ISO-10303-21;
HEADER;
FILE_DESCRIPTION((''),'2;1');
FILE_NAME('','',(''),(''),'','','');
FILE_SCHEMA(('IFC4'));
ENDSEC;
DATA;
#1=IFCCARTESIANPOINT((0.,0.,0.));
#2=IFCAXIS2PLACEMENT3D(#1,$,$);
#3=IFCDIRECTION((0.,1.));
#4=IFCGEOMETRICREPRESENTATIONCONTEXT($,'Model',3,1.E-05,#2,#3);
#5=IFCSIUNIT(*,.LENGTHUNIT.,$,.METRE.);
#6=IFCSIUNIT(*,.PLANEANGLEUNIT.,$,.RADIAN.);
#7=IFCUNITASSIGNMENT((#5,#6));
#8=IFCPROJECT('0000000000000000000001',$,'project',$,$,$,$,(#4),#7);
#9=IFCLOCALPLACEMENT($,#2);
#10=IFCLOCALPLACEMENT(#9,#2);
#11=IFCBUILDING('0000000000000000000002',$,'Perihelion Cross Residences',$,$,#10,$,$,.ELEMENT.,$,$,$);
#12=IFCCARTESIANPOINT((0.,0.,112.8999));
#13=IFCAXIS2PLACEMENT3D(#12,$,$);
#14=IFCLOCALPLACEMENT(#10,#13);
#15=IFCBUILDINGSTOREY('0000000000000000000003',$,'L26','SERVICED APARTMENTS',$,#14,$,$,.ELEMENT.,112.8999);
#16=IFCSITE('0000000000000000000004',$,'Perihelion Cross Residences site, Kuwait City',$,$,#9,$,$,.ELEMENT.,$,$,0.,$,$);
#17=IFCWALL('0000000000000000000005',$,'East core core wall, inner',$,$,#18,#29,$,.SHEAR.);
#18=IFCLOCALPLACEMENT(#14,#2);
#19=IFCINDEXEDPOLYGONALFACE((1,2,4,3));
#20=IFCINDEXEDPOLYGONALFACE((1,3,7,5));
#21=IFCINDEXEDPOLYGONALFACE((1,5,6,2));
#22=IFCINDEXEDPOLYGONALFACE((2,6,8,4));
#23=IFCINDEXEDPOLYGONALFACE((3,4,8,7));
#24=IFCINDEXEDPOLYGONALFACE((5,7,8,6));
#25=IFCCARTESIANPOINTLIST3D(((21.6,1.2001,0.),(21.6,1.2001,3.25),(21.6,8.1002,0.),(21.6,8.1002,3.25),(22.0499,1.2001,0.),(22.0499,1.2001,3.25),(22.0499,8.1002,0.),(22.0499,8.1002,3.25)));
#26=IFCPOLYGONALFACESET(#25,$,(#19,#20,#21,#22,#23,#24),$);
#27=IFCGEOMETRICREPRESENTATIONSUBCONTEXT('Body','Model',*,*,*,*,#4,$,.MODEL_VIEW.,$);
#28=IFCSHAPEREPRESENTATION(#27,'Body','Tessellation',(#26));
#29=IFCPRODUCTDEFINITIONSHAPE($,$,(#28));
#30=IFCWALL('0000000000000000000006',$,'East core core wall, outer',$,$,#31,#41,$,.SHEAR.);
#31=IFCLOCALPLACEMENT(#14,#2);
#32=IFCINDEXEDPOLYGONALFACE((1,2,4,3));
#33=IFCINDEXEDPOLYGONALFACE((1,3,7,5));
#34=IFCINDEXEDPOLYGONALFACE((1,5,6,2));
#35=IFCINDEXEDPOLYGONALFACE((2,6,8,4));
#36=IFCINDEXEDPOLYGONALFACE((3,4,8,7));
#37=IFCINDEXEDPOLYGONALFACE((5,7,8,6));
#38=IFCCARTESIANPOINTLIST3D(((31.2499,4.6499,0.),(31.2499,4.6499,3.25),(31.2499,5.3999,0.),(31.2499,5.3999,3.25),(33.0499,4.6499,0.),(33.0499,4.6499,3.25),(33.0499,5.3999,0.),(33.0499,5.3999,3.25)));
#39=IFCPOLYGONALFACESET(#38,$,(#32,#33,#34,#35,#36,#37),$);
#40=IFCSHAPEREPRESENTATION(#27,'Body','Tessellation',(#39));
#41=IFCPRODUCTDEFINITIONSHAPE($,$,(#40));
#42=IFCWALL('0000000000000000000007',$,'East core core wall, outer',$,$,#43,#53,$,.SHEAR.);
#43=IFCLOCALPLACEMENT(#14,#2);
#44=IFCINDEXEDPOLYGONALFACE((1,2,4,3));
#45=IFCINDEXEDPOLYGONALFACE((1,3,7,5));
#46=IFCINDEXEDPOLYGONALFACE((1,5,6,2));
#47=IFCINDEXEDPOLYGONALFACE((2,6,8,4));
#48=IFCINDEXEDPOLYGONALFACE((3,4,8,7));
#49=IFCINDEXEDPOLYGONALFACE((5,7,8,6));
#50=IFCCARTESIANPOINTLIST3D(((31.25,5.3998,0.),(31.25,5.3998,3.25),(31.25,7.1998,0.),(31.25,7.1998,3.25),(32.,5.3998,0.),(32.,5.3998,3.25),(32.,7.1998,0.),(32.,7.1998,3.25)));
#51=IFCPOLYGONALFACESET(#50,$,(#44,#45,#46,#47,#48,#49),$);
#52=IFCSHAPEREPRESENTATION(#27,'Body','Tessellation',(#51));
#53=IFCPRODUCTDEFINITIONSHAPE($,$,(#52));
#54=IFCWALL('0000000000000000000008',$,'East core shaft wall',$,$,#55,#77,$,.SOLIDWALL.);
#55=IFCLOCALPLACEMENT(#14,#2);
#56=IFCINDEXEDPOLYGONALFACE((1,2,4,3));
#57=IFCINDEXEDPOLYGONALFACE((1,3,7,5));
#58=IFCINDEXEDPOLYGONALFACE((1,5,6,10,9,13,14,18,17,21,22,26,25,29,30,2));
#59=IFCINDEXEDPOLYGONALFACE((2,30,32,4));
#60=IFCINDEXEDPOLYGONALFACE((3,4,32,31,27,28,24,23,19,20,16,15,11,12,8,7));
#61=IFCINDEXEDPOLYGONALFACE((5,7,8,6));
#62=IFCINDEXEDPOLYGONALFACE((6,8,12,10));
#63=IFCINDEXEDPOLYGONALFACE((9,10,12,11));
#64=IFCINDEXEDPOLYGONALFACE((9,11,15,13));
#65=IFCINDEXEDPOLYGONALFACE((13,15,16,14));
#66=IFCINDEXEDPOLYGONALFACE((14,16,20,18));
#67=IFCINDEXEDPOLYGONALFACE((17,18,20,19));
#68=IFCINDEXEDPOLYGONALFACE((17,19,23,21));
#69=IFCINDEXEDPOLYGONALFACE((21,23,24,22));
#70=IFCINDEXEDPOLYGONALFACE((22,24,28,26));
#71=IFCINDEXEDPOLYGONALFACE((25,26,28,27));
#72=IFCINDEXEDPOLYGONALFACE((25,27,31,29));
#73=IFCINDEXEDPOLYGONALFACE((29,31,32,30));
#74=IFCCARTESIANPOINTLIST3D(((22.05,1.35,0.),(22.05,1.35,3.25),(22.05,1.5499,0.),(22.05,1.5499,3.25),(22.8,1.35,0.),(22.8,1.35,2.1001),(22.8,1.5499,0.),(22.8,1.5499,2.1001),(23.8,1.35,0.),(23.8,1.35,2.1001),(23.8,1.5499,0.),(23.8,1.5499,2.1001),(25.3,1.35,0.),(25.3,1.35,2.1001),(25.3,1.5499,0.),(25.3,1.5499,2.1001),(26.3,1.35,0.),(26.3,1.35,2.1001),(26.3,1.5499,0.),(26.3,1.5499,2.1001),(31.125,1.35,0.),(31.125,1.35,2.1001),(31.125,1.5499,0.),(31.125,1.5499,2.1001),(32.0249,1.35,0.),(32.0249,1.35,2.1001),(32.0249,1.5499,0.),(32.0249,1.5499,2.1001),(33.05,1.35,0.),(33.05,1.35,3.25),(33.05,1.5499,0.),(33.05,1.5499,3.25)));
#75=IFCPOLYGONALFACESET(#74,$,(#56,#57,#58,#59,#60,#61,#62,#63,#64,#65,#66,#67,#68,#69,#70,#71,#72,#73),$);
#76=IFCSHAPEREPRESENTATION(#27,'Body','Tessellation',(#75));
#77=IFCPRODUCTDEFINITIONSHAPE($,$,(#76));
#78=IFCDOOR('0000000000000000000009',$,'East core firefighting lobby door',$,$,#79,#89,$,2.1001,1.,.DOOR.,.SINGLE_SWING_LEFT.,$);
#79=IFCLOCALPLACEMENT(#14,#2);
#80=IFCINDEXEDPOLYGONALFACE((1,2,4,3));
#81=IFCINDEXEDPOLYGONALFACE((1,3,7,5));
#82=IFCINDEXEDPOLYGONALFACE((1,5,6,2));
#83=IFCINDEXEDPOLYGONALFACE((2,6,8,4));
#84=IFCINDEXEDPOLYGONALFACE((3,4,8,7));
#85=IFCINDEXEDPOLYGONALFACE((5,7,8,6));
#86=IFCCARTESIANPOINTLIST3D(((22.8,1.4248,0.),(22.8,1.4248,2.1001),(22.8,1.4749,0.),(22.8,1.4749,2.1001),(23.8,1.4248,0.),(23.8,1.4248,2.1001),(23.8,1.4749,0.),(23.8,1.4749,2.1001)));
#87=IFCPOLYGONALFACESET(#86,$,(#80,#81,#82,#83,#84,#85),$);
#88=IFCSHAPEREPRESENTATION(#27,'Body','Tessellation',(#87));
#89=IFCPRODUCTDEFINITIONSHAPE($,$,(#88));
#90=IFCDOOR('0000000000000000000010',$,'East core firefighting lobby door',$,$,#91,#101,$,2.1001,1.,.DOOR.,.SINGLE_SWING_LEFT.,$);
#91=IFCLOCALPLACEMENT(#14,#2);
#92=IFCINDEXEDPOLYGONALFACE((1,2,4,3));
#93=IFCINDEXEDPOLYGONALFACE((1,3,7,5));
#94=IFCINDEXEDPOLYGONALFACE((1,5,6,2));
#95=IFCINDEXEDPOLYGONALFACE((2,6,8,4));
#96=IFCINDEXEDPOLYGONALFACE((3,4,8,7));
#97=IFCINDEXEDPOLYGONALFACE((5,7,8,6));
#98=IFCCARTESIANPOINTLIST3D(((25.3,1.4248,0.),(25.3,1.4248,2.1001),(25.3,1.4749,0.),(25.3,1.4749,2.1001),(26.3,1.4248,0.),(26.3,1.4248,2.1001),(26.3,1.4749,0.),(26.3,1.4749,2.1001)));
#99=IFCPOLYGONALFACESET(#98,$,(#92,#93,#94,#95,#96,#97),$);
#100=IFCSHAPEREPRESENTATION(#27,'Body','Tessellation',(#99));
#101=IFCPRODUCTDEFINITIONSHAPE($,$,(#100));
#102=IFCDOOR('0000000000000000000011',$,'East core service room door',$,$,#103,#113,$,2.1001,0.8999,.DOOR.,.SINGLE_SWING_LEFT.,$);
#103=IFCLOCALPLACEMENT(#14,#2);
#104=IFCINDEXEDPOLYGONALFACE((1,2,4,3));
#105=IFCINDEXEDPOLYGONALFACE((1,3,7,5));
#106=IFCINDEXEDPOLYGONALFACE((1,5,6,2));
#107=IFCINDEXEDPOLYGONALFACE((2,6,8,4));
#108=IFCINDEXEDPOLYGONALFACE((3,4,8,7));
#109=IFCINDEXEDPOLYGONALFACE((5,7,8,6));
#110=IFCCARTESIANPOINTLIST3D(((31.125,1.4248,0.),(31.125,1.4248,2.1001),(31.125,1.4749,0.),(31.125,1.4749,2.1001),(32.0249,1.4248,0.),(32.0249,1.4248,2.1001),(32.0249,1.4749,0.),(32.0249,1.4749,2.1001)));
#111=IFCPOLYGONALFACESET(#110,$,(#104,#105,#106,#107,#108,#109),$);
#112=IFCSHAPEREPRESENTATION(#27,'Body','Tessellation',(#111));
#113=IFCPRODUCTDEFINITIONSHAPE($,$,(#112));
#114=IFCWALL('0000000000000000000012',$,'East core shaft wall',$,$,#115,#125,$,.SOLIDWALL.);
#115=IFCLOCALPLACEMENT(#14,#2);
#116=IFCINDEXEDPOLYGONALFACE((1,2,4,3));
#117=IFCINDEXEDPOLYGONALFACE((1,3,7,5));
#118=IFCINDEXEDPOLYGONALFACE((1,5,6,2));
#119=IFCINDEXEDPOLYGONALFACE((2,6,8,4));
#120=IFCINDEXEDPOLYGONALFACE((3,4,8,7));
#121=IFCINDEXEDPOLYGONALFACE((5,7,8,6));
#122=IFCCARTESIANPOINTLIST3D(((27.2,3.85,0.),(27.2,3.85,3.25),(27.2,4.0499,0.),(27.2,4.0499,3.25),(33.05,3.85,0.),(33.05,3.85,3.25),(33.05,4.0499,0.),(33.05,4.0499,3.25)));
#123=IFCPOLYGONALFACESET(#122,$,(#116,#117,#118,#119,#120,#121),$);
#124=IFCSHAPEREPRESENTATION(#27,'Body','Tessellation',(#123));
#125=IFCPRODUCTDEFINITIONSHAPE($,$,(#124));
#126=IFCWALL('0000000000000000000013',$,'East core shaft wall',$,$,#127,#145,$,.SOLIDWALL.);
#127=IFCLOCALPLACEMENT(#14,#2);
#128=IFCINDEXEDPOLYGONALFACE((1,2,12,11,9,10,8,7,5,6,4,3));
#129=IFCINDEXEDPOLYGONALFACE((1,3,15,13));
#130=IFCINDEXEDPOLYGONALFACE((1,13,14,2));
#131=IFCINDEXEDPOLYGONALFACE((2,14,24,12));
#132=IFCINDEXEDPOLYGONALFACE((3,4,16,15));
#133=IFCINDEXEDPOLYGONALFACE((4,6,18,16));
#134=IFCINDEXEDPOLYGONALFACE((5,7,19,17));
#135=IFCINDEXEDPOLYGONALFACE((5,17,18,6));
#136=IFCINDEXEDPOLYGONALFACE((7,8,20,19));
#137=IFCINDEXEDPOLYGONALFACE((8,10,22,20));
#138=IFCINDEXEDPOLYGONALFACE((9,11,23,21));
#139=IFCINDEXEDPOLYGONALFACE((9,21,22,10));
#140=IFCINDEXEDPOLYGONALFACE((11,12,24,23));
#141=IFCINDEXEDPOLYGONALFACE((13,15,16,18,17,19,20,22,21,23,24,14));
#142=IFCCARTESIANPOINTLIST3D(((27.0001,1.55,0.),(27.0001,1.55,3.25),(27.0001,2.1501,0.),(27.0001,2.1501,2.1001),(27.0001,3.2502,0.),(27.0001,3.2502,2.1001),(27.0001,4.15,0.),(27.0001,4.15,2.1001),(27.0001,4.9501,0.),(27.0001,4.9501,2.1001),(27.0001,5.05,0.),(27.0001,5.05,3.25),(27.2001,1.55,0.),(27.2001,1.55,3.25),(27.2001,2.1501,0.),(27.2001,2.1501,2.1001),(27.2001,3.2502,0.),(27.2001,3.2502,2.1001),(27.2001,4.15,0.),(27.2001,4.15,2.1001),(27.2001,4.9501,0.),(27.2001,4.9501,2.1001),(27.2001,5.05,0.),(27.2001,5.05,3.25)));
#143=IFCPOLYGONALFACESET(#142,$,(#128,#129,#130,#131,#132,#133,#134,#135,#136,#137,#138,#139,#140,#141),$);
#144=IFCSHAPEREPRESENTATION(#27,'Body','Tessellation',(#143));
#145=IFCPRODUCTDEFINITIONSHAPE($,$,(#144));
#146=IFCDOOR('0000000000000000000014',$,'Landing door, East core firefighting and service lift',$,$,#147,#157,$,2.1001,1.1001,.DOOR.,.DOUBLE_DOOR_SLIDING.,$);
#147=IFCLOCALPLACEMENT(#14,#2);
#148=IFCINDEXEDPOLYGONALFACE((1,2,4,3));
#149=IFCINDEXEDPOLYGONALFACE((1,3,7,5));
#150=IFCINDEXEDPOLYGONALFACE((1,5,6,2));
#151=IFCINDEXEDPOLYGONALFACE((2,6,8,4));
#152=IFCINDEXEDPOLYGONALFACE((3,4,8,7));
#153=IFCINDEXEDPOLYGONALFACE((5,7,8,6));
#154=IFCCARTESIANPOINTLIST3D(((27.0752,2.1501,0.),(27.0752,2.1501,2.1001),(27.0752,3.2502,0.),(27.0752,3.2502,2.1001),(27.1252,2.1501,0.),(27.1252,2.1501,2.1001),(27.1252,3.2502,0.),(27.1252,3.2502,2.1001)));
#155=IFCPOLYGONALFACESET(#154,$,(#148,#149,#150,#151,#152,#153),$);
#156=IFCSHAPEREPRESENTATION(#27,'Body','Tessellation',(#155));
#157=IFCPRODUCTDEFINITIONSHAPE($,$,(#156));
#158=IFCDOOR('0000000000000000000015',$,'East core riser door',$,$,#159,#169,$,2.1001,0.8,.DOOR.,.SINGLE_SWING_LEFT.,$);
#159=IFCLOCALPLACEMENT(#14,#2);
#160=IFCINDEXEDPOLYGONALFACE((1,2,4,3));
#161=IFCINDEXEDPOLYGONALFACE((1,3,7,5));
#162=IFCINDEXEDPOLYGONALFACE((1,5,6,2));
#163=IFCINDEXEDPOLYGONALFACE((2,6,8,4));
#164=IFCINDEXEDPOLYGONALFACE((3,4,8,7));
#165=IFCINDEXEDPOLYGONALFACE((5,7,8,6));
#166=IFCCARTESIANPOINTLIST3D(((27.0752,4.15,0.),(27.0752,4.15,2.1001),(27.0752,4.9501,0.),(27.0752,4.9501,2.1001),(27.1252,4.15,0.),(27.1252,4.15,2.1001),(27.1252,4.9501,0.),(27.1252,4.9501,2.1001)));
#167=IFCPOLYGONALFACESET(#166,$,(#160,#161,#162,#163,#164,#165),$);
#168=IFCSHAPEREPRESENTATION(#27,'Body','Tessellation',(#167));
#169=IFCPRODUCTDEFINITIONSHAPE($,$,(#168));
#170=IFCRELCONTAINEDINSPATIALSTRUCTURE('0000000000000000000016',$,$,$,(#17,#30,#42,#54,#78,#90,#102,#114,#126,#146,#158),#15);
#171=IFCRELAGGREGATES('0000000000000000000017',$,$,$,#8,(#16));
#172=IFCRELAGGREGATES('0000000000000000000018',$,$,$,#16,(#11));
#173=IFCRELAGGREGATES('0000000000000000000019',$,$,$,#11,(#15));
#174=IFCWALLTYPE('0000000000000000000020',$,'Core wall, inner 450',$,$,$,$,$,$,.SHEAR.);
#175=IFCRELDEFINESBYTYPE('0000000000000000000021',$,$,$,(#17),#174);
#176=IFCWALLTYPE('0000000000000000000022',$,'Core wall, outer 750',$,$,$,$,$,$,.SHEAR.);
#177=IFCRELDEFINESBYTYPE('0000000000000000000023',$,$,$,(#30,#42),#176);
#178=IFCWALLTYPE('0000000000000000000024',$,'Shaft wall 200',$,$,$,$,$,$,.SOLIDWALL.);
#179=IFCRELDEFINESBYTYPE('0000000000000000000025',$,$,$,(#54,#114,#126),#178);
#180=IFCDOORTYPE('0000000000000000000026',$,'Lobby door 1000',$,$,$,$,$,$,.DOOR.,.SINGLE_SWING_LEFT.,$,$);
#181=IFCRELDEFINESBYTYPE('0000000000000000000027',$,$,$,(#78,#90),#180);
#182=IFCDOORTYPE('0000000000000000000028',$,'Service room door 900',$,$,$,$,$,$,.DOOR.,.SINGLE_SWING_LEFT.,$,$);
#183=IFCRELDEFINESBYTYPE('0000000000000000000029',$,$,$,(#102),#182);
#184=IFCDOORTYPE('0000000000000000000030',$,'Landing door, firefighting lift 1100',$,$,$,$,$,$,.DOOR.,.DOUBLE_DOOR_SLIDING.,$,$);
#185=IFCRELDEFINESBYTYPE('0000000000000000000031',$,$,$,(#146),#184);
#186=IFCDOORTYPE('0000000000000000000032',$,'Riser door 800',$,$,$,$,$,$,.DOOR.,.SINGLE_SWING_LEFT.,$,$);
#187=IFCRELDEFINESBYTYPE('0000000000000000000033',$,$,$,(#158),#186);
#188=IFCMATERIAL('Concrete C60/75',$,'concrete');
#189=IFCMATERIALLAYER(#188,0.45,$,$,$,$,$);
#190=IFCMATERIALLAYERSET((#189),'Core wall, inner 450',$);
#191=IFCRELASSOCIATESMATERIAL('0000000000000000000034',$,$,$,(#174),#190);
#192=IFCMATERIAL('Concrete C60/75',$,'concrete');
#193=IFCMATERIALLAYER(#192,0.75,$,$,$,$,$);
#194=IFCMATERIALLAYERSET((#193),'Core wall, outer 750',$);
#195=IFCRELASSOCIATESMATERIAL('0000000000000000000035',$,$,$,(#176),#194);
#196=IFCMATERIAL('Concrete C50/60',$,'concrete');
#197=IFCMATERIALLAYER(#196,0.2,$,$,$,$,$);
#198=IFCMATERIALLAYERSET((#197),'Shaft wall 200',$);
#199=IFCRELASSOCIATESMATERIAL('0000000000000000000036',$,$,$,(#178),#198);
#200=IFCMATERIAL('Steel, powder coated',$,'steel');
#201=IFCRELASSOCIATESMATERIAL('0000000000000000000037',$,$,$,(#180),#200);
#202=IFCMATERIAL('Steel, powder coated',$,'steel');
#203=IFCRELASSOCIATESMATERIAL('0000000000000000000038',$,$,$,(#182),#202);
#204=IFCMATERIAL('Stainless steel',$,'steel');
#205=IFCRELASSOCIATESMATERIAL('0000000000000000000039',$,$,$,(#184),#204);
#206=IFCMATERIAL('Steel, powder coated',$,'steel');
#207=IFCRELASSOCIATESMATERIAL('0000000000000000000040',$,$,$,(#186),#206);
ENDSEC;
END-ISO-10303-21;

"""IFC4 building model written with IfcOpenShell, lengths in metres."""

from ifc_helpers import new_model, si_unit, direction, frame, frame_2d, origin, place, context, subcontext, project, spatial, rectangle, extrude, material, layer, layer_set, type_object, element, fill, save


model = new_model("IFC4")

# Units and contexts
model_context = context("Model", 3, precision=1e-05, world=origin(), true_north=direction((0.0, 1.0)))
body_context = subcontext(model_context, "Body", "Model", "MODEL_VIEW")
ifc_project = project(units=[si_unit("LENGTHUNIT", "METRE"), si_unit("PLANEANGLEUNIT", "RADIAN")], contexts=[model_context])

# Site, building, storey
site_placement = place(None, origin())
site = spatial("IfcSite", under=ifc_project, at=site_placement, Name="Perihelion Cross Residences site, Kuwait City", CompositionType="ELEMENT", RefElevation=0.0)
building_placement = place(site_placement, origin())
building = spatial("IfcBuilding", under=site, at=building_placement, Name="Perihelion Cross Residences", CompositionType="ELEMENT")
storey_placement = place(building_placement, frame((0.0, 0.0, 112.8999)))
storey = spatial("IfcBuildingStorey", under=building, at=storey_placement, Name="L26", Description="SERVICED APARTMENTS", CompositionType="ELEMENT", Elevation=112.8999)

# Walls
ifc_material_1 = material(Name="Concrete C60/75", Category="concrete")
ifc_layer_1 = layer(ifc_material_1, 0.45)
ifc_layer_set_1 = layer_set([ifc_layer_1], Name="Core wall, inner 450")
wall_type_1 = type_object("IfcWallType", Name="Core wall, inner 450", PredefinedType="SHEAR", material=ifc_layer_set_1)
wall_1_placement = place(storey_placement, frame((21.825, 1.2, 0.0), z_axis=(0.0, 0.0, 1.0), x_axis=(0.0, 1.0, 0.0)))
element("IfcWall", 1, at=wall_1_placement, inside=storey, type_object=wall_type_1, Name="East core core wall, inner", PredefinedType="SHEAR", context=body_context, shape_type="SweptSolid", body=[
    extrude(rectangle(XDim=6.9001, YDim=0.45, at=frame_2d((3.4502, 0.0))), origin(), (0.0, 0.0, 1.0), 3.25),
])
ifc_material_2 = material(Name="Concrete C60/75", Category="concrete")
ifc_layer_2 = layer(ifc_material_2, 0.75)
ifc_layer_set_2 = layer_set([ifc_layer_2], Name="Core wall, outer 750")
wall_type_2 = type_object("IfcWallType", Name="Core wall, outer 750", PredefinedType="SHEAR", material=ifc_layer_set_2)
for number, where, z_axis, x_axis, name in (
    (2, (31.25, 5.0249, 0.0), (0.0, 0.0, 1.0), (1.0, 0.0, 0.0), "East core core wall, outer"),
    (3, (31.625, 5.3999, 0.0), (0.0, 0.0, 1.0), (0.0, 1.0, 0.0), "East core core wall, outer"),
):
    element("IfcWall", number, at=place(storey_placement, frame(where, z_axis=z_axis, x_axis=x_axis)), inside=storey, type_object=wall_type_2, Name=name, PredefinedType="SHEAR", context=body_context, shape_type="SweptSolid", body=[
        extrude(rectangle(XDim=1.8, YDim=0.75, at=frame_2d((0.8999, 0.0))), origin(), (0.0, 0.0, 1.0), 3.25),
    ])

# Wall, openings, doors
ifc_material_3 = material(Name="Concrete C50/60", Category="concrete")
ifc_layer_3 = layer(ifc_material_3, 0.2)
ifc_layer_set_3 = layer_set([ifc_layer_3], Name="Shaft wall 200")
wall_type_3 = type_object("IfcWallType", Name="Shaft wall 200", PredefinedType="SOLIDWALL", material=ifc_layer_set_3)
wall_2_placement = place(storey_placement, frame((22.05, 1.45, 0.0), z_axis=(0.0, 0.0, 1.0), x_axis=(1.0, 0.0, 0.0)))
wall_2 = element("IfcWall", 4, at=wall_2_placement, inside=storey, type_object=wall_type_3, Name="East core shaft wall", PredefinedType="SOLIDWALL", context=body_context, shape_type="SweptSolid", body=[
    extrude(rectangle(XDim=11.0, YDim=0.2, at=frame_2d((5.5, 0.0))), origin(), (0.0, 0.0, 1.0), 3.25),
])
opening_1_placement = place(wall_2_placement, frame((0.75, 0.0, 0.0)))
opening_1 = element("IfcOpeningElement", 5, at=opening_1_placement, cuts=wall_2, PredefinedType="OPENING", context=body_context, shape_type="SweptSolid", body=[
    extrude(rectangle(XDim=1.0, YDim=2.1001, at=frame_2d((0.5, 1.05))), frame((0.0, 0.1099, 0.0), z_axis=(0.0, -1.0, 0.0), x_axis=(1.0, 0.0, 0.0)), (0.0, 0.0, 1.0), 0.22),
])
opening_2_placement = place(wall_2_placement, frame((3.25, 0.0, 0.0)))
opening_2 = element("IfcOpeningElement", 6, at=opening_2_placement, cuts=wall_2, PredefinedType="OPENING", context=body_context, shape_type="SweptSolid", body=[
    extrude(rectangle(XDim=1.0, YDim=2.1001, at=frame_2d((0.5, 1.05))), frame((0.0, 0.1099, 0.0), z_axis=(0.0, -1.0, 0.0), x_axis=(1.0, 0.0, 0.0)), (0.0, 0.0, 1.0), 0.22),
])
opening_3_placement = place(wall_2_placement, frame((9.075, 0.0, 0.0)))
opening_3 = element("IfcOpeningElement", 7, at=opening_3_placement, cuts=wall_2, PredefinedType="OPENING", context=body_context, shape_type="SweptSolid", body=[
    extrude(rectangle(XDim=0.8999, YDim=2.1001, at=frame_2d((0.45, 1.05))), frame((0.0, 0.1099, 0.0), z_axis=(0.0, -1.0, 0.0), x_axis=(1.0, 0.0, 0.0)), (0.0, 0.0, 1.0), 0.22),
])
ifc_material_4 = material(Name="Steel, powder coated", Category="steel")
door_type_1 = type_object("IfcDoorType", Name="Lobby door 1000", OperationType="SINGLE_SWING_LEFT", PredefinedType="DOOR", material=ifc_material_4)
door_1_placement = place(opening_1_placement, origin())
door_1 = element("IfcDoor", 8, at=door_1_placement, inside=storey, type_object=door_type_1, Name="East core firefighting lobby door", OperationType="SINGLE_SWING_LEFT", OverallHeight=2.1001, OverallWidth=1.0, PredefinedType="DOOR", context=body_context, shape_type="SweptSolid", body=[
    extrude(rectangle(XDim=1.0, YDim=2.1001, at=frame_2d((0.5, 1.05))), frame((0.0, 0.0249, 0.0), z_axis=(0.0, -1.0, 0.0), x_axis=(1.0, 0.0, 0.0)), (0.0, 0.0, 1.0), 0.05),
])
fill(opening_1, door_1)
door_2_placement = place(opening_2_placement, origin())
door_2 = element("IfcDoor", 9, at=door_2_placement, inside=storey, type_object=door_type_1, Name="East core firefighting lobby door", OperationType="SINGLE_SWING_LEFT", OverallHeight=2.1001, OverallWidth=1.0, PredefinedType="DOOR", context=body_context, shape_type="SweptSolid", body=[
    extrude(rectangle(XDim=1.0, YDim=2.1001, at=frame_2d((0.5, 1.05))), frame((0.0, 0.0249, 0.0), z_axis=(0.0, -1.0, 0.0), x_axis=(1.0, 0.0, 0.0)), (0.0, 0.0, 1.0), 0.05),
])
fill(opening_2, door_2)
ifc_material_5 = material(Name="Steel, powder coated", Category="steel")
door_type_2 = type_object("IfcDoorType", Name="Service room door 900", OperationType="SINGLE_SWING_LEFT", PredefinedType="DOOR", material=ifc_material_5)
door_3_placement = place(opening_3_placement, origin())
door_3 = element("IfcDoor", 10, at=door_3_placement, inside=storey, type_object=door_type_2, Name="East core service room door", OperationType="SINGLE_SWING_LEFT", OverallHeight=2.1001, OverallWidth=0.8999, PredefinedType="DOOR", context=body_context, shape_type="SweptSolid", body=[
    extrude(rectangle(XDim=0.8999, YDim=2.1001, at=frame_2d((0.45, 1.05))), frame((0.0, 0.0249, 0.0), z_axis=(0.0, -1.0, 0.0), x_axis=(1.0, 0.0, 0.0)), (0.0, 0.0, 1.0), 0.05),
])
fill(opening_3, door_3)

# Wall
wall_3_placement = place(storey_placement, frame((27.2, 3.95, 0.0), z_axis=(0.0, 0.0, 1.0), x_axis=(1.0, 0.0, 0.0)))
element("IfcWall", 11, at=wall_3_placement, inside=storey, type_object=wall_type_3, Name="East core shaft wall", PredefinedType="SOLIDWALL", context=body_context, shape_type="SweptSolid", body=[
    extrude(rectangle(XDim=5.8501, YDim=0.2, at=frame_2d((2.925, 0.0))), origin(), (0.0, 0.0, 1.0), 3.25),
])

# Wall, openings, doors
wall_4_placement = place(storey_placement, frame((27.1001, 1.55, 0.0), z_axis=(0.0, 0.0, 1.0), x_axis=(0.0, 1.0, 0.0)))
wall_4 = element("IfcWall", 12, at=wall_4_placement, inside=storey, type_object=wall_type_3, Name="East core shaft wall", PredefinedType="SOLIDWALL", context=body_context, shape_type="SweptSolid", body=[
    extrude(rectangle(XDim=3.5, YDim=0.2, at=frame_2d((1.75, 0.0))), origin(), (0.0, 0.0, 1.0), 3.25),
])
opening_4_placement = place(wall_4_placement, frame((0.6001, 0.0, 0.0)))
opening_4 = element("IfcOpeningElement", 13, at=opening_4_placement, cuts=wall_4, PredefinedType="OPENING", context=body_context, shape_type="SweptSolid", body=[
    extrude(rectangle(XDim=1.1001, YDim=2.1001, at=frame_2d((0.55, 1.05))), frame((0.0, 0.1099, 0.0), z_axis=(0.0, -1.0, 0.0), x_axis=(1.0, 0.0, 0.0)), (0.0, 0.0, 1.0), 0.22),
])
opening_5_placement = place(wall_4_placement, frame((2.6001, 0.0, 0.0)))
opening_5 = element("IfcOpeningElement", 14, at=opening_5_placement, cuts=wall_4, PredefinedType="OPENING", context=body_context, shape_type="SweptSolid", body=[
    extrude(rectangle(XDim=0.8, YDim=2.1001, at=frame_2d((0.3999, 1.05))), frame((0.0, 0.1099, 0.0), z_axis=(0.0, -1.0, 0.0), x_axis=(1.0, 0.0, 0.0)), (0.0, 0.0, 1.0), 0.22),
])
ifc_material_6 = material(Name="Stainless steel", Category="steel")
door_type_3 = type_object("IfcDoorType", Name="Landing door, firefighting lift 1100", OperationType="DOUBLE_DOOR_SLIDING", PredefinedType="DOOR", material=ifc_material_6)
door_4_placement = place(opening_4_placement, origin())
door_4 = element("IfcDoor", 15, at=door_4_placement, inside=storey, type_object=door_type_3, Name="Landing door, East core firefighting and service lift", OperationType="DOUBLE_DOOR_SLIDING", OverallHeight=2.1001, OverallWidth=1.1001, PredefinedType="DOOR", context=body_context, shape_type="SweptSolid", body=[
    extrude(rectangle(XDim=1.1001, YDim=2.1001, at=frame_2d((0.55, 1.05))), frame((0.0, 0.0249, 0.0), z_axis=(0.0, -1.0, 0.0), x_axis=(1.0, 0.0, 0.0)), (0.0, 0.0, 1.0), 0.05),
])
fill(opening_4, door_4)
ifc_material_7 = material(Name="Steel, powder coated", Category="steel")
door_type_4 = type_object("IfcDoorType", Name="Riser door 800", OperationType="SINGLE_SWING_LEFT", PredefinedType="DOOR", material=ifc_material_7)
door_5_placement = place(opening_5_placement, origin())
door_5 = element("IfcDoor", 16, at=door_5_placement, inside=storey, type_object=door_type_4, Name="East core riser door", OperationType="SINGLE_SWING_LEFT", OverallHeight=2.1001, OverallWidth=0.8, PredefinedType="DOOR", context=body_context, shape_type="SweptSolid", body=[
    extrude(rectangle(XDim=0.8, YDim=2.1001, at=frame_2d((0.3999, 1.05))), frame((0.0, 0.0249, 0.0), z_axis=(0.0, -1.0, 0.0), x_axis=(1.0, 0.0, 0.0)), (0.0, 0.0, 1.0), 0.05),
])
fill(opening_5, door_5)

save(model, "model.ifc")
